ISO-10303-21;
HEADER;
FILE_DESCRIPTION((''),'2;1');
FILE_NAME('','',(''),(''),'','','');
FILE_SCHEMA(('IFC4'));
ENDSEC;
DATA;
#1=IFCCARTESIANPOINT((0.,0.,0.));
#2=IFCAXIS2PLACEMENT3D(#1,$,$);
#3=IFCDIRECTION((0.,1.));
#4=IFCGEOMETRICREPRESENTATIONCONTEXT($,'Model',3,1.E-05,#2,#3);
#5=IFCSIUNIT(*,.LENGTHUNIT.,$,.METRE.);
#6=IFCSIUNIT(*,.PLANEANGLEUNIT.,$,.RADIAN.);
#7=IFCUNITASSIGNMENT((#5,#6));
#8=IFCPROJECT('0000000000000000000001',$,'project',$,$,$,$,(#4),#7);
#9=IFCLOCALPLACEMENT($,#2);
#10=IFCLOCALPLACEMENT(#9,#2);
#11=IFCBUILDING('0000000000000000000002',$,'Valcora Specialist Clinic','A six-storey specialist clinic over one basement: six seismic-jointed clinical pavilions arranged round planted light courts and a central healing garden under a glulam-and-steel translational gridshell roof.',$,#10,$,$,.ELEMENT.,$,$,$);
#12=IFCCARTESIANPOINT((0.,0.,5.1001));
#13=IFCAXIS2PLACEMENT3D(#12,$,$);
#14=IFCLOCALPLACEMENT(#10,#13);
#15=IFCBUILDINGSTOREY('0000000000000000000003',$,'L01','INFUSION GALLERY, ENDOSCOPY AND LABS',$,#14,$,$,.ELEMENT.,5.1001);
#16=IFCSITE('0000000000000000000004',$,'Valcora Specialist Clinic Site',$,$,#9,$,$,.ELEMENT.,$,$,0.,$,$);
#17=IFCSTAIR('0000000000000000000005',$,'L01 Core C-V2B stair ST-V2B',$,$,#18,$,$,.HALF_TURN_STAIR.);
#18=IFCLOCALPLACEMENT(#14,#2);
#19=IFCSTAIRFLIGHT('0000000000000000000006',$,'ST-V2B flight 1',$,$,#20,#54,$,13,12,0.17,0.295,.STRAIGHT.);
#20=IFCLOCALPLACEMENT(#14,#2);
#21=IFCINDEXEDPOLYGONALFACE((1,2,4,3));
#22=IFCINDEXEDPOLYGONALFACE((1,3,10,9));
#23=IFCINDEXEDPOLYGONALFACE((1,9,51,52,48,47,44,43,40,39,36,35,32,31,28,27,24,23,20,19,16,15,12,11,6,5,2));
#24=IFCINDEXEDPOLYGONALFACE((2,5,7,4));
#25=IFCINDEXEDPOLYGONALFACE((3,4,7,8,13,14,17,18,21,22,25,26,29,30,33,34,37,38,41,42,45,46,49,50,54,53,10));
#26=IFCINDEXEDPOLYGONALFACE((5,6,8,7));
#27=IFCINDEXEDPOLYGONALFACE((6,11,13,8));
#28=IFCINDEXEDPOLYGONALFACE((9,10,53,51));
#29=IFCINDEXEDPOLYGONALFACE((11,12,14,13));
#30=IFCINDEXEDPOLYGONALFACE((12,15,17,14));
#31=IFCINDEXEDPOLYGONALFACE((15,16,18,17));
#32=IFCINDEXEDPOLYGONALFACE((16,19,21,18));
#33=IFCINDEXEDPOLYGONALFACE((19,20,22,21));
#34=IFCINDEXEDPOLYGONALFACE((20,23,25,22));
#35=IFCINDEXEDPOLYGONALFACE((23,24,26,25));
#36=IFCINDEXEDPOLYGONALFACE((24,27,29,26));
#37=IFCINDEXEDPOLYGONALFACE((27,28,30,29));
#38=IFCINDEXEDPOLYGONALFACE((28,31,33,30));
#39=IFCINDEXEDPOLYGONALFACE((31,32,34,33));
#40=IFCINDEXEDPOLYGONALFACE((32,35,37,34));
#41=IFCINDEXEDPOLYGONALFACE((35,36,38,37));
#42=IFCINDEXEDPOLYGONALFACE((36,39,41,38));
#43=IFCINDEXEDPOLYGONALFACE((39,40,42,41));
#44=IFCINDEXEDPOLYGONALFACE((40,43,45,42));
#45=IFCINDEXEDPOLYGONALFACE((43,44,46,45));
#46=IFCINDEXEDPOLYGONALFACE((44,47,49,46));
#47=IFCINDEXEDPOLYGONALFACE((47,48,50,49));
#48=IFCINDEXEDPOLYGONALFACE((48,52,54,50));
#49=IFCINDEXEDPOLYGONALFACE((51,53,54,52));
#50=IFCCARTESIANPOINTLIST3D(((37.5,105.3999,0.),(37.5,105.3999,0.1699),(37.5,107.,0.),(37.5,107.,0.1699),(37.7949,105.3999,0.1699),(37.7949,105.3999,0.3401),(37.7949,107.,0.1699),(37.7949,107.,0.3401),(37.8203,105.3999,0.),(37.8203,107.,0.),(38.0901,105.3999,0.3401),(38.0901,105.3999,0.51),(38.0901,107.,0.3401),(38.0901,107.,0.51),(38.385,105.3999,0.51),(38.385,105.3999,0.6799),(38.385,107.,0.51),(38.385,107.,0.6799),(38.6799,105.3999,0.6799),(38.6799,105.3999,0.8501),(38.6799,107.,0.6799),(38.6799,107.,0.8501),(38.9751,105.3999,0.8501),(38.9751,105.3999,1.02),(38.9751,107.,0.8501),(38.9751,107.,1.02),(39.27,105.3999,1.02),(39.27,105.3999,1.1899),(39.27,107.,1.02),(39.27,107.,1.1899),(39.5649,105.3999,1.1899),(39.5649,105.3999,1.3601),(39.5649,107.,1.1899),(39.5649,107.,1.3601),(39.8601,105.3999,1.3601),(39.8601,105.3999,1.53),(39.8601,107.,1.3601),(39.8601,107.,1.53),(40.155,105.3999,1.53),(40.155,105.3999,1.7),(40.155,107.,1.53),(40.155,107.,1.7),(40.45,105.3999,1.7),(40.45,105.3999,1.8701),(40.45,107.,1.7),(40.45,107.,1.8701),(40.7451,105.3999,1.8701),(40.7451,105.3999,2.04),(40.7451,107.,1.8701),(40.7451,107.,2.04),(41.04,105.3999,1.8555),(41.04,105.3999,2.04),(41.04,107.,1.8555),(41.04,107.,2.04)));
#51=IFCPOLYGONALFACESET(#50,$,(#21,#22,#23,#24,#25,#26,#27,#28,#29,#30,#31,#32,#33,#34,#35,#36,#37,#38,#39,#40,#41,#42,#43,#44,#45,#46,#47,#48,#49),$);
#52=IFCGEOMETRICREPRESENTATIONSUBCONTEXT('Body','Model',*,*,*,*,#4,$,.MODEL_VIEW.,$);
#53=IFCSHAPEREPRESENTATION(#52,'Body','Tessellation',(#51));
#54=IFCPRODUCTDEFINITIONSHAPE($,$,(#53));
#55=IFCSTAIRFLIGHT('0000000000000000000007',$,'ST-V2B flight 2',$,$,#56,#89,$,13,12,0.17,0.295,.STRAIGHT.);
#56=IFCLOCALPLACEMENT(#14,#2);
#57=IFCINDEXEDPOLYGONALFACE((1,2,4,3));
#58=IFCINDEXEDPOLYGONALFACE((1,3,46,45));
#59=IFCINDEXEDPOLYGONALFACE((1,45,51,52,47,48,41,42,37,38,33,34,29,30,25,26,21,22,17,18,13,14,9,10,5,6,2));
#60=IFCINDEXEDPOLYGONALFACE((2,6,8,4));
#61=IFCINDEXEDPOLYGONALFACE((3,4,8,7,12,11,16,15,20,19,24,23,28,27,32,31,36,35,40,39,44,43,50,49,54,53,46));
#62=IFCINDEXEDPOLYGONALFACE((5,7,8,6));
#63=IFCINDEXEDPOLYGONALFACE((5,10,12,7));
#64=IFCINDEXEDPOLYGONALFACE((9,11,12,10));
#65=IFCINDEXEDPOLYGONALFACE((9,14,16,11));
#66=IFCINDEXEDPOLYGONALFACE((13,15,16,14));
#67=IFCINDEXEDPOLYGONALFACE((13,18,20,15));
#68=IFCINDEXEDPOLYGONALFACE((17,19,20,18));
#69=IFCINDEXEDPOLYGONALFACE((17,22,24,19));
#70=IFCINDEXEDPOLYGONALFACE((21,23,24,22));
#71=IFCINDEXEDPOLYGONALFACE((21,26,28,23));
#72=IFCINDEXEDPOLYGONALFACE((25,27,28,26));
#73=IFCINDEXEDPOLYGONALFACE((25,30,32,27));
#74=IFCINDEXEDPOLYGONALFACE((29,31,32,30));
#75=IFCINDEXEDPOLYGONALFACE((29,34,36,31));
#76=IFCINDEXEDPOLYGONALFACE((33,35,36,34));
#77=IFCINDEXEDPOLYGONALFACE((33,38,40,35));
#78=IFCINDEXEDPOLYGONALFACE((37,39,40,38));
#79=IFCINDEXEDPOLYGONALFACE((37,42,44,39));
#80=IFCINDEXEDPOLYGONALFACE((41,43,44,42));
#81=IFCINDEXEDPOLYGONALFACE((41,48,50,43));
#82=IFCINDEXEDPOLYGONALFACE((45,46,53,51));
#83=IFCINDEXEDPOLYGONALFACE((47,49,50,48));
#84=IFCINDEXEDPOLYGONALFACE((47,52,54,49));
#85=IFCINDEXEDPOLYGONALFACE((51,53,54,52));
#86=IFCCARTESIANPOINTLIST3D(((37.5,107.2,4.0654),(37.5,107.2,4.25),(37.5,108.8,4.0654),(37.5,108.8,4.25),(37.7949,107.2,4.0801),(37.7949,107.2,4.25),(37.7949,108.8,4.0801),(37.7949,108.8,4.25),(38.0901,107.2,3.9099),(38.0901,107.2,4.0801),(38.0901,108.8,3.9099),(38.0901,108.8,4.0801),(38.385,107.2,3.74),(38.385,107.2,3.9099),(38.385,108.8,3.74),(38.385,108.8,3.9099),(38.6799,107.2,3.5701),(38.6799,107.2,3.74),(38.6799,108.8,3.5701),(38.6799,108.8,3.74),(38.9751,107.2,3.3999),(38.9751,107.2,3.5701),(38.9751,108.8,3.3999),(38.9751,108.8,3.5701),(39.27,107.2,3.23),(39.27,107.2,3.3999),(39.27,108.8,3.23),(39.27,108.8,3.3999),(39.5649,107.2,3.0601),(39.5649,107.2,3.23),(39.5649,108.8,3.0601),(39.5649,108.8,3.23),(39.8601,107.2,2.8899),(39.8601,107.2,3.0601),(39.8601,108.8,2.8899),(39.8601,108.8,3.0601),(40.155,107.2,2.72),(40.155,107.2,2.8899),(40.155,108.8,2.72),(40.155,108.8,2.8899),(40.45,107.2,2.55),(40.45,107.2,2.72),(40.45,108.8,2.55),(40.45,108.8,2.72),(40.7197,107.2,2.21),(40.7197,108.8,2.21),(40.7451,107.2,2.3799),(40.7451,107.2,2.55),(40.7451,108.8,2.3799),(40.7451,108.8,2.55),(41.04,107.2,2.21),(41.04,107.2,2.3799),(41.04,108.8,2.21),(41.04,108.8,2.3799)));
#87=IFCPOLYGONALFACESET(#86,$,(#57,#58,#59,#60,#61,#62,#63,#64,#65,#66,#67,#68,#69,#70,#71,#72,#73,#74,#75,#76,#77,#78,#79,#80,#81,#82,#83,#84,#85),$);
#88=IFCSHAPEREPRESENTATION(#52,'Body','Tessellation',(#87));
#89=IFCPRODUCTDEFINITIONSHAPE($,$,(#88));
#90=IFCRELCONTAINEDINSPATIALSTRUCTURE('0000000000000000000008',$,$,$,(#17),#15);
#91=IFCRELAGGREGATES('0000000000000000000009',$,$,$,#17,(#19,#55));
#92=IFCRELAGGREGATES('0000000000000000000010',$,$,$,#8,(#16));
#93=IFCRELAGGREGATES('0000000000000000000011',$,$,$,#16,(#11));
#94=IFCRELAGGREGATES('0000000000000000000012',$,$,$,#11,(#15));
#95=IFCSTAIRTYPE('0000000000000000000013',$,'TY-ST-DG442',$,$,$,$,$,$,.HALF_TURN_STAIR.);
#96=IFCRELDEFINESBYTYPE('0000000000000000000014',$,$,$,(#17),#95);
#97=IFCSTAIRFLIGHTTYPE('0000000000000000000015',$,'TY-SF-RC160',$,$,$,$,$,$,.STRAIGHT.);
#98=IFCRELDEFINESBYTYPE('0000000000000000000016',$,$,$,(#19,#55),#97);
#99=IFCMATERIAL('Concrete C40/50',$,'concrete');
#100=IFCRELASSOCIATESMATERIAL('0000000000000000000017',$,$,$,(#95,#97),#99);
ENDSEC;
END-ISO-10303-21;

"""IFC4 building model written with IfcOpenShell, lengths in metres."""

from ifc_helpers import new_model, si_unit, direction, frame, origin, place, context, subcontext, project, spatial, polyline, outline, extrude, material, type_object, element, aggregate, save


model = new_model("IFC4")

# Units and contexts
model_context = context("Model", 3, precision=1e-05, world=origin(), true_north=direction((0.0, 1.0)))
body_context = subcontext(model_context, "Body", "Model", "MODEL_VIEW")
ifc_project = project(units=[si_unit("LENGTHUNIT", "METRE"), si_unit("PLANEANGLEUNIT", "RADIAN")], contexts=[model_context])

# Site, building, storey
site_placement = place(None, origin())
site = spatial("IfcSite", under=ifc_project, at=site_placement, Name="Valcora Specialist Clinic Site", CompositionType="ELEMENT", RefElevation=0.0)
building_placement = place(site_placement, origin())
building = spatial("IfcBuilding", under=site, at=building_placement, Name="Valcora Specialist Clinic", Description="A six-storey specialist clinic over one basement: six seismic-jointed clinical pavilions arranged round planted light courts and a central healing garden under a glulam-and-steel translational gridshell roof.", CompositionType="ELEMENT")
storey_placement = place(building_placement, frame((0.0, 0.0, 5.1001)))
storey = spatial("IfcBuildingStorey", under=building, at=storey_placement, Name="L01", Description="INFUSION GALLERY, ENDOSCOPY AND LABS", CompositionType="ELEMENT", Elevation=5.1001)

# Shared definitions
ifc_material_1 = material(Name="Concrete C40/50", Category="concrete")

# Stair, stair flights
stair_type = type_object("IfcStairType", Name="TY-ST-DG442", PredefinedType="HALF_TURN_STAIR", material=ifc_material_1)
stair_placement = place(storey_placement, origin())
stair = element("IfcStair", 1, at=stair_placement, inside=storey, type_object=stair_type, Name="L01 Core C-V2B stair ST-V2B", PredefinedType="HALF_TURN_STAIR")
stair_flight_type = type_object("IfcStairFlightType", Name="TY-SF-RC160", PredefinedType="STRAIGHT", material=ifc_material_1)
stair_flight_1_placement = place(storey_placement, frame((37.5, 106.2, 0.0), z_axis=(0.0, 0.0, 1.0), x_axis=(1.0, 0.0, 0.0)))
stair_flight_1 = element("IfcStairFlight", 2, at=stair_flight_1_placement, type_object=stair_flight_type, Name="ST-V2B flight 1", NumberOfRisers=13, NumberOfTreads=12, PredefinedType="STRAIGHT", RiserHeight=0.17, TreadLength=0.295, context=body_context, shape_type="SweptSolid", body=[
    extrude(outline(polyline([(0.0, 0.0), (0.0, 0.1699), (0.2949, 0.1699), (0.2949, 0.3401), (0.5901, 0.3401), (0.5901, 0.51), (0.885, 0.51), (0.885, 0.6799), (1.1799, 0.6799), (1.1799, 0.8501), (1.4751, 0.8501), (1.4751, 1.02), (1.77, 1.02), (1.77, 1.1899), (2.0649, 1.1899), (2.0649, 1.3601), (2.3601, 1.3601), (2.3601, 1.53), (2.655, 1.53), (2.655, 1.7), (2.95, 1.7), (2.95, 1.8701), (3.2451, 1.8701), (3.2451, 2.04), (3.54, 2.04), (3.54, 2.21), (3.54, 1.8555), (0.3203, 0.0), (0.0, 0.0)])), frame((0.0, 0.8, 0.0), z_axis=(0.0, -1.0, 0.0), x_axis=(1.0, 0.0, 0.0)), (0.0, 0.0, 1.0), 1.6001),
])
stair_flight_2_placement = place(storey_placement, frame((41.04, 108.0, 2.21), z_axis=(0.0, 0.0, 1.0), x_axis=(-1.0, 0.0, 0.0)))
stair_flight_2 = element("IfcStairFlight", 3, at=stair_flight_2_placement, type_object=stair_flight_type, Name="ST-V2B flight 2", NumberOfRisers=13, NumberOfTreads=12, PredefinedType="STRAIGHT", RiserHeight=0.17, TreadLength=0.295, context=body_context, shape_type="SweptSolid", body=[
    extrude(outline(polyline([(0.0, 0.0), (0.0, 0.1699), (0.2949, 0.1699), (0.2949, 0.3401), (0.5901, 0.3401), (0.5901, 0.51), (0.885, 0.51), (0.885, 0.6799), (1.1799, 0.6799), (1.1799, 0.8501), (1.4751, 0.8501), (1.4751, 1.02), (1.77, 1.02), (1.77, 1.1899), (2.0649, 1.1899), (2.0649, 1.3601), (2.3601, 1.3601), (2.3601, 1.53), (2.655, 1.53), (2.655, 1.7), (2.95, 1.7), (2.95, 1.8701), (3.2451, 1.8701), (3.2451, 2.04), (3.54, 2.04), (3.54, 2.21), (3.54, 1.8555), (0.3203, 0.0), (0.0, 0.0)])), frame((0.0, 0.8, 0.0), z_axis=(0.0, -1.0, 0.0), x_axis=(1.0, 0.0, 0.0)), (0.0, 0.0, 1.0), 1.6001),
])
aggregate(stair, [stair_flight_1, stair_flight_2])

save(model, "model.ifc")
